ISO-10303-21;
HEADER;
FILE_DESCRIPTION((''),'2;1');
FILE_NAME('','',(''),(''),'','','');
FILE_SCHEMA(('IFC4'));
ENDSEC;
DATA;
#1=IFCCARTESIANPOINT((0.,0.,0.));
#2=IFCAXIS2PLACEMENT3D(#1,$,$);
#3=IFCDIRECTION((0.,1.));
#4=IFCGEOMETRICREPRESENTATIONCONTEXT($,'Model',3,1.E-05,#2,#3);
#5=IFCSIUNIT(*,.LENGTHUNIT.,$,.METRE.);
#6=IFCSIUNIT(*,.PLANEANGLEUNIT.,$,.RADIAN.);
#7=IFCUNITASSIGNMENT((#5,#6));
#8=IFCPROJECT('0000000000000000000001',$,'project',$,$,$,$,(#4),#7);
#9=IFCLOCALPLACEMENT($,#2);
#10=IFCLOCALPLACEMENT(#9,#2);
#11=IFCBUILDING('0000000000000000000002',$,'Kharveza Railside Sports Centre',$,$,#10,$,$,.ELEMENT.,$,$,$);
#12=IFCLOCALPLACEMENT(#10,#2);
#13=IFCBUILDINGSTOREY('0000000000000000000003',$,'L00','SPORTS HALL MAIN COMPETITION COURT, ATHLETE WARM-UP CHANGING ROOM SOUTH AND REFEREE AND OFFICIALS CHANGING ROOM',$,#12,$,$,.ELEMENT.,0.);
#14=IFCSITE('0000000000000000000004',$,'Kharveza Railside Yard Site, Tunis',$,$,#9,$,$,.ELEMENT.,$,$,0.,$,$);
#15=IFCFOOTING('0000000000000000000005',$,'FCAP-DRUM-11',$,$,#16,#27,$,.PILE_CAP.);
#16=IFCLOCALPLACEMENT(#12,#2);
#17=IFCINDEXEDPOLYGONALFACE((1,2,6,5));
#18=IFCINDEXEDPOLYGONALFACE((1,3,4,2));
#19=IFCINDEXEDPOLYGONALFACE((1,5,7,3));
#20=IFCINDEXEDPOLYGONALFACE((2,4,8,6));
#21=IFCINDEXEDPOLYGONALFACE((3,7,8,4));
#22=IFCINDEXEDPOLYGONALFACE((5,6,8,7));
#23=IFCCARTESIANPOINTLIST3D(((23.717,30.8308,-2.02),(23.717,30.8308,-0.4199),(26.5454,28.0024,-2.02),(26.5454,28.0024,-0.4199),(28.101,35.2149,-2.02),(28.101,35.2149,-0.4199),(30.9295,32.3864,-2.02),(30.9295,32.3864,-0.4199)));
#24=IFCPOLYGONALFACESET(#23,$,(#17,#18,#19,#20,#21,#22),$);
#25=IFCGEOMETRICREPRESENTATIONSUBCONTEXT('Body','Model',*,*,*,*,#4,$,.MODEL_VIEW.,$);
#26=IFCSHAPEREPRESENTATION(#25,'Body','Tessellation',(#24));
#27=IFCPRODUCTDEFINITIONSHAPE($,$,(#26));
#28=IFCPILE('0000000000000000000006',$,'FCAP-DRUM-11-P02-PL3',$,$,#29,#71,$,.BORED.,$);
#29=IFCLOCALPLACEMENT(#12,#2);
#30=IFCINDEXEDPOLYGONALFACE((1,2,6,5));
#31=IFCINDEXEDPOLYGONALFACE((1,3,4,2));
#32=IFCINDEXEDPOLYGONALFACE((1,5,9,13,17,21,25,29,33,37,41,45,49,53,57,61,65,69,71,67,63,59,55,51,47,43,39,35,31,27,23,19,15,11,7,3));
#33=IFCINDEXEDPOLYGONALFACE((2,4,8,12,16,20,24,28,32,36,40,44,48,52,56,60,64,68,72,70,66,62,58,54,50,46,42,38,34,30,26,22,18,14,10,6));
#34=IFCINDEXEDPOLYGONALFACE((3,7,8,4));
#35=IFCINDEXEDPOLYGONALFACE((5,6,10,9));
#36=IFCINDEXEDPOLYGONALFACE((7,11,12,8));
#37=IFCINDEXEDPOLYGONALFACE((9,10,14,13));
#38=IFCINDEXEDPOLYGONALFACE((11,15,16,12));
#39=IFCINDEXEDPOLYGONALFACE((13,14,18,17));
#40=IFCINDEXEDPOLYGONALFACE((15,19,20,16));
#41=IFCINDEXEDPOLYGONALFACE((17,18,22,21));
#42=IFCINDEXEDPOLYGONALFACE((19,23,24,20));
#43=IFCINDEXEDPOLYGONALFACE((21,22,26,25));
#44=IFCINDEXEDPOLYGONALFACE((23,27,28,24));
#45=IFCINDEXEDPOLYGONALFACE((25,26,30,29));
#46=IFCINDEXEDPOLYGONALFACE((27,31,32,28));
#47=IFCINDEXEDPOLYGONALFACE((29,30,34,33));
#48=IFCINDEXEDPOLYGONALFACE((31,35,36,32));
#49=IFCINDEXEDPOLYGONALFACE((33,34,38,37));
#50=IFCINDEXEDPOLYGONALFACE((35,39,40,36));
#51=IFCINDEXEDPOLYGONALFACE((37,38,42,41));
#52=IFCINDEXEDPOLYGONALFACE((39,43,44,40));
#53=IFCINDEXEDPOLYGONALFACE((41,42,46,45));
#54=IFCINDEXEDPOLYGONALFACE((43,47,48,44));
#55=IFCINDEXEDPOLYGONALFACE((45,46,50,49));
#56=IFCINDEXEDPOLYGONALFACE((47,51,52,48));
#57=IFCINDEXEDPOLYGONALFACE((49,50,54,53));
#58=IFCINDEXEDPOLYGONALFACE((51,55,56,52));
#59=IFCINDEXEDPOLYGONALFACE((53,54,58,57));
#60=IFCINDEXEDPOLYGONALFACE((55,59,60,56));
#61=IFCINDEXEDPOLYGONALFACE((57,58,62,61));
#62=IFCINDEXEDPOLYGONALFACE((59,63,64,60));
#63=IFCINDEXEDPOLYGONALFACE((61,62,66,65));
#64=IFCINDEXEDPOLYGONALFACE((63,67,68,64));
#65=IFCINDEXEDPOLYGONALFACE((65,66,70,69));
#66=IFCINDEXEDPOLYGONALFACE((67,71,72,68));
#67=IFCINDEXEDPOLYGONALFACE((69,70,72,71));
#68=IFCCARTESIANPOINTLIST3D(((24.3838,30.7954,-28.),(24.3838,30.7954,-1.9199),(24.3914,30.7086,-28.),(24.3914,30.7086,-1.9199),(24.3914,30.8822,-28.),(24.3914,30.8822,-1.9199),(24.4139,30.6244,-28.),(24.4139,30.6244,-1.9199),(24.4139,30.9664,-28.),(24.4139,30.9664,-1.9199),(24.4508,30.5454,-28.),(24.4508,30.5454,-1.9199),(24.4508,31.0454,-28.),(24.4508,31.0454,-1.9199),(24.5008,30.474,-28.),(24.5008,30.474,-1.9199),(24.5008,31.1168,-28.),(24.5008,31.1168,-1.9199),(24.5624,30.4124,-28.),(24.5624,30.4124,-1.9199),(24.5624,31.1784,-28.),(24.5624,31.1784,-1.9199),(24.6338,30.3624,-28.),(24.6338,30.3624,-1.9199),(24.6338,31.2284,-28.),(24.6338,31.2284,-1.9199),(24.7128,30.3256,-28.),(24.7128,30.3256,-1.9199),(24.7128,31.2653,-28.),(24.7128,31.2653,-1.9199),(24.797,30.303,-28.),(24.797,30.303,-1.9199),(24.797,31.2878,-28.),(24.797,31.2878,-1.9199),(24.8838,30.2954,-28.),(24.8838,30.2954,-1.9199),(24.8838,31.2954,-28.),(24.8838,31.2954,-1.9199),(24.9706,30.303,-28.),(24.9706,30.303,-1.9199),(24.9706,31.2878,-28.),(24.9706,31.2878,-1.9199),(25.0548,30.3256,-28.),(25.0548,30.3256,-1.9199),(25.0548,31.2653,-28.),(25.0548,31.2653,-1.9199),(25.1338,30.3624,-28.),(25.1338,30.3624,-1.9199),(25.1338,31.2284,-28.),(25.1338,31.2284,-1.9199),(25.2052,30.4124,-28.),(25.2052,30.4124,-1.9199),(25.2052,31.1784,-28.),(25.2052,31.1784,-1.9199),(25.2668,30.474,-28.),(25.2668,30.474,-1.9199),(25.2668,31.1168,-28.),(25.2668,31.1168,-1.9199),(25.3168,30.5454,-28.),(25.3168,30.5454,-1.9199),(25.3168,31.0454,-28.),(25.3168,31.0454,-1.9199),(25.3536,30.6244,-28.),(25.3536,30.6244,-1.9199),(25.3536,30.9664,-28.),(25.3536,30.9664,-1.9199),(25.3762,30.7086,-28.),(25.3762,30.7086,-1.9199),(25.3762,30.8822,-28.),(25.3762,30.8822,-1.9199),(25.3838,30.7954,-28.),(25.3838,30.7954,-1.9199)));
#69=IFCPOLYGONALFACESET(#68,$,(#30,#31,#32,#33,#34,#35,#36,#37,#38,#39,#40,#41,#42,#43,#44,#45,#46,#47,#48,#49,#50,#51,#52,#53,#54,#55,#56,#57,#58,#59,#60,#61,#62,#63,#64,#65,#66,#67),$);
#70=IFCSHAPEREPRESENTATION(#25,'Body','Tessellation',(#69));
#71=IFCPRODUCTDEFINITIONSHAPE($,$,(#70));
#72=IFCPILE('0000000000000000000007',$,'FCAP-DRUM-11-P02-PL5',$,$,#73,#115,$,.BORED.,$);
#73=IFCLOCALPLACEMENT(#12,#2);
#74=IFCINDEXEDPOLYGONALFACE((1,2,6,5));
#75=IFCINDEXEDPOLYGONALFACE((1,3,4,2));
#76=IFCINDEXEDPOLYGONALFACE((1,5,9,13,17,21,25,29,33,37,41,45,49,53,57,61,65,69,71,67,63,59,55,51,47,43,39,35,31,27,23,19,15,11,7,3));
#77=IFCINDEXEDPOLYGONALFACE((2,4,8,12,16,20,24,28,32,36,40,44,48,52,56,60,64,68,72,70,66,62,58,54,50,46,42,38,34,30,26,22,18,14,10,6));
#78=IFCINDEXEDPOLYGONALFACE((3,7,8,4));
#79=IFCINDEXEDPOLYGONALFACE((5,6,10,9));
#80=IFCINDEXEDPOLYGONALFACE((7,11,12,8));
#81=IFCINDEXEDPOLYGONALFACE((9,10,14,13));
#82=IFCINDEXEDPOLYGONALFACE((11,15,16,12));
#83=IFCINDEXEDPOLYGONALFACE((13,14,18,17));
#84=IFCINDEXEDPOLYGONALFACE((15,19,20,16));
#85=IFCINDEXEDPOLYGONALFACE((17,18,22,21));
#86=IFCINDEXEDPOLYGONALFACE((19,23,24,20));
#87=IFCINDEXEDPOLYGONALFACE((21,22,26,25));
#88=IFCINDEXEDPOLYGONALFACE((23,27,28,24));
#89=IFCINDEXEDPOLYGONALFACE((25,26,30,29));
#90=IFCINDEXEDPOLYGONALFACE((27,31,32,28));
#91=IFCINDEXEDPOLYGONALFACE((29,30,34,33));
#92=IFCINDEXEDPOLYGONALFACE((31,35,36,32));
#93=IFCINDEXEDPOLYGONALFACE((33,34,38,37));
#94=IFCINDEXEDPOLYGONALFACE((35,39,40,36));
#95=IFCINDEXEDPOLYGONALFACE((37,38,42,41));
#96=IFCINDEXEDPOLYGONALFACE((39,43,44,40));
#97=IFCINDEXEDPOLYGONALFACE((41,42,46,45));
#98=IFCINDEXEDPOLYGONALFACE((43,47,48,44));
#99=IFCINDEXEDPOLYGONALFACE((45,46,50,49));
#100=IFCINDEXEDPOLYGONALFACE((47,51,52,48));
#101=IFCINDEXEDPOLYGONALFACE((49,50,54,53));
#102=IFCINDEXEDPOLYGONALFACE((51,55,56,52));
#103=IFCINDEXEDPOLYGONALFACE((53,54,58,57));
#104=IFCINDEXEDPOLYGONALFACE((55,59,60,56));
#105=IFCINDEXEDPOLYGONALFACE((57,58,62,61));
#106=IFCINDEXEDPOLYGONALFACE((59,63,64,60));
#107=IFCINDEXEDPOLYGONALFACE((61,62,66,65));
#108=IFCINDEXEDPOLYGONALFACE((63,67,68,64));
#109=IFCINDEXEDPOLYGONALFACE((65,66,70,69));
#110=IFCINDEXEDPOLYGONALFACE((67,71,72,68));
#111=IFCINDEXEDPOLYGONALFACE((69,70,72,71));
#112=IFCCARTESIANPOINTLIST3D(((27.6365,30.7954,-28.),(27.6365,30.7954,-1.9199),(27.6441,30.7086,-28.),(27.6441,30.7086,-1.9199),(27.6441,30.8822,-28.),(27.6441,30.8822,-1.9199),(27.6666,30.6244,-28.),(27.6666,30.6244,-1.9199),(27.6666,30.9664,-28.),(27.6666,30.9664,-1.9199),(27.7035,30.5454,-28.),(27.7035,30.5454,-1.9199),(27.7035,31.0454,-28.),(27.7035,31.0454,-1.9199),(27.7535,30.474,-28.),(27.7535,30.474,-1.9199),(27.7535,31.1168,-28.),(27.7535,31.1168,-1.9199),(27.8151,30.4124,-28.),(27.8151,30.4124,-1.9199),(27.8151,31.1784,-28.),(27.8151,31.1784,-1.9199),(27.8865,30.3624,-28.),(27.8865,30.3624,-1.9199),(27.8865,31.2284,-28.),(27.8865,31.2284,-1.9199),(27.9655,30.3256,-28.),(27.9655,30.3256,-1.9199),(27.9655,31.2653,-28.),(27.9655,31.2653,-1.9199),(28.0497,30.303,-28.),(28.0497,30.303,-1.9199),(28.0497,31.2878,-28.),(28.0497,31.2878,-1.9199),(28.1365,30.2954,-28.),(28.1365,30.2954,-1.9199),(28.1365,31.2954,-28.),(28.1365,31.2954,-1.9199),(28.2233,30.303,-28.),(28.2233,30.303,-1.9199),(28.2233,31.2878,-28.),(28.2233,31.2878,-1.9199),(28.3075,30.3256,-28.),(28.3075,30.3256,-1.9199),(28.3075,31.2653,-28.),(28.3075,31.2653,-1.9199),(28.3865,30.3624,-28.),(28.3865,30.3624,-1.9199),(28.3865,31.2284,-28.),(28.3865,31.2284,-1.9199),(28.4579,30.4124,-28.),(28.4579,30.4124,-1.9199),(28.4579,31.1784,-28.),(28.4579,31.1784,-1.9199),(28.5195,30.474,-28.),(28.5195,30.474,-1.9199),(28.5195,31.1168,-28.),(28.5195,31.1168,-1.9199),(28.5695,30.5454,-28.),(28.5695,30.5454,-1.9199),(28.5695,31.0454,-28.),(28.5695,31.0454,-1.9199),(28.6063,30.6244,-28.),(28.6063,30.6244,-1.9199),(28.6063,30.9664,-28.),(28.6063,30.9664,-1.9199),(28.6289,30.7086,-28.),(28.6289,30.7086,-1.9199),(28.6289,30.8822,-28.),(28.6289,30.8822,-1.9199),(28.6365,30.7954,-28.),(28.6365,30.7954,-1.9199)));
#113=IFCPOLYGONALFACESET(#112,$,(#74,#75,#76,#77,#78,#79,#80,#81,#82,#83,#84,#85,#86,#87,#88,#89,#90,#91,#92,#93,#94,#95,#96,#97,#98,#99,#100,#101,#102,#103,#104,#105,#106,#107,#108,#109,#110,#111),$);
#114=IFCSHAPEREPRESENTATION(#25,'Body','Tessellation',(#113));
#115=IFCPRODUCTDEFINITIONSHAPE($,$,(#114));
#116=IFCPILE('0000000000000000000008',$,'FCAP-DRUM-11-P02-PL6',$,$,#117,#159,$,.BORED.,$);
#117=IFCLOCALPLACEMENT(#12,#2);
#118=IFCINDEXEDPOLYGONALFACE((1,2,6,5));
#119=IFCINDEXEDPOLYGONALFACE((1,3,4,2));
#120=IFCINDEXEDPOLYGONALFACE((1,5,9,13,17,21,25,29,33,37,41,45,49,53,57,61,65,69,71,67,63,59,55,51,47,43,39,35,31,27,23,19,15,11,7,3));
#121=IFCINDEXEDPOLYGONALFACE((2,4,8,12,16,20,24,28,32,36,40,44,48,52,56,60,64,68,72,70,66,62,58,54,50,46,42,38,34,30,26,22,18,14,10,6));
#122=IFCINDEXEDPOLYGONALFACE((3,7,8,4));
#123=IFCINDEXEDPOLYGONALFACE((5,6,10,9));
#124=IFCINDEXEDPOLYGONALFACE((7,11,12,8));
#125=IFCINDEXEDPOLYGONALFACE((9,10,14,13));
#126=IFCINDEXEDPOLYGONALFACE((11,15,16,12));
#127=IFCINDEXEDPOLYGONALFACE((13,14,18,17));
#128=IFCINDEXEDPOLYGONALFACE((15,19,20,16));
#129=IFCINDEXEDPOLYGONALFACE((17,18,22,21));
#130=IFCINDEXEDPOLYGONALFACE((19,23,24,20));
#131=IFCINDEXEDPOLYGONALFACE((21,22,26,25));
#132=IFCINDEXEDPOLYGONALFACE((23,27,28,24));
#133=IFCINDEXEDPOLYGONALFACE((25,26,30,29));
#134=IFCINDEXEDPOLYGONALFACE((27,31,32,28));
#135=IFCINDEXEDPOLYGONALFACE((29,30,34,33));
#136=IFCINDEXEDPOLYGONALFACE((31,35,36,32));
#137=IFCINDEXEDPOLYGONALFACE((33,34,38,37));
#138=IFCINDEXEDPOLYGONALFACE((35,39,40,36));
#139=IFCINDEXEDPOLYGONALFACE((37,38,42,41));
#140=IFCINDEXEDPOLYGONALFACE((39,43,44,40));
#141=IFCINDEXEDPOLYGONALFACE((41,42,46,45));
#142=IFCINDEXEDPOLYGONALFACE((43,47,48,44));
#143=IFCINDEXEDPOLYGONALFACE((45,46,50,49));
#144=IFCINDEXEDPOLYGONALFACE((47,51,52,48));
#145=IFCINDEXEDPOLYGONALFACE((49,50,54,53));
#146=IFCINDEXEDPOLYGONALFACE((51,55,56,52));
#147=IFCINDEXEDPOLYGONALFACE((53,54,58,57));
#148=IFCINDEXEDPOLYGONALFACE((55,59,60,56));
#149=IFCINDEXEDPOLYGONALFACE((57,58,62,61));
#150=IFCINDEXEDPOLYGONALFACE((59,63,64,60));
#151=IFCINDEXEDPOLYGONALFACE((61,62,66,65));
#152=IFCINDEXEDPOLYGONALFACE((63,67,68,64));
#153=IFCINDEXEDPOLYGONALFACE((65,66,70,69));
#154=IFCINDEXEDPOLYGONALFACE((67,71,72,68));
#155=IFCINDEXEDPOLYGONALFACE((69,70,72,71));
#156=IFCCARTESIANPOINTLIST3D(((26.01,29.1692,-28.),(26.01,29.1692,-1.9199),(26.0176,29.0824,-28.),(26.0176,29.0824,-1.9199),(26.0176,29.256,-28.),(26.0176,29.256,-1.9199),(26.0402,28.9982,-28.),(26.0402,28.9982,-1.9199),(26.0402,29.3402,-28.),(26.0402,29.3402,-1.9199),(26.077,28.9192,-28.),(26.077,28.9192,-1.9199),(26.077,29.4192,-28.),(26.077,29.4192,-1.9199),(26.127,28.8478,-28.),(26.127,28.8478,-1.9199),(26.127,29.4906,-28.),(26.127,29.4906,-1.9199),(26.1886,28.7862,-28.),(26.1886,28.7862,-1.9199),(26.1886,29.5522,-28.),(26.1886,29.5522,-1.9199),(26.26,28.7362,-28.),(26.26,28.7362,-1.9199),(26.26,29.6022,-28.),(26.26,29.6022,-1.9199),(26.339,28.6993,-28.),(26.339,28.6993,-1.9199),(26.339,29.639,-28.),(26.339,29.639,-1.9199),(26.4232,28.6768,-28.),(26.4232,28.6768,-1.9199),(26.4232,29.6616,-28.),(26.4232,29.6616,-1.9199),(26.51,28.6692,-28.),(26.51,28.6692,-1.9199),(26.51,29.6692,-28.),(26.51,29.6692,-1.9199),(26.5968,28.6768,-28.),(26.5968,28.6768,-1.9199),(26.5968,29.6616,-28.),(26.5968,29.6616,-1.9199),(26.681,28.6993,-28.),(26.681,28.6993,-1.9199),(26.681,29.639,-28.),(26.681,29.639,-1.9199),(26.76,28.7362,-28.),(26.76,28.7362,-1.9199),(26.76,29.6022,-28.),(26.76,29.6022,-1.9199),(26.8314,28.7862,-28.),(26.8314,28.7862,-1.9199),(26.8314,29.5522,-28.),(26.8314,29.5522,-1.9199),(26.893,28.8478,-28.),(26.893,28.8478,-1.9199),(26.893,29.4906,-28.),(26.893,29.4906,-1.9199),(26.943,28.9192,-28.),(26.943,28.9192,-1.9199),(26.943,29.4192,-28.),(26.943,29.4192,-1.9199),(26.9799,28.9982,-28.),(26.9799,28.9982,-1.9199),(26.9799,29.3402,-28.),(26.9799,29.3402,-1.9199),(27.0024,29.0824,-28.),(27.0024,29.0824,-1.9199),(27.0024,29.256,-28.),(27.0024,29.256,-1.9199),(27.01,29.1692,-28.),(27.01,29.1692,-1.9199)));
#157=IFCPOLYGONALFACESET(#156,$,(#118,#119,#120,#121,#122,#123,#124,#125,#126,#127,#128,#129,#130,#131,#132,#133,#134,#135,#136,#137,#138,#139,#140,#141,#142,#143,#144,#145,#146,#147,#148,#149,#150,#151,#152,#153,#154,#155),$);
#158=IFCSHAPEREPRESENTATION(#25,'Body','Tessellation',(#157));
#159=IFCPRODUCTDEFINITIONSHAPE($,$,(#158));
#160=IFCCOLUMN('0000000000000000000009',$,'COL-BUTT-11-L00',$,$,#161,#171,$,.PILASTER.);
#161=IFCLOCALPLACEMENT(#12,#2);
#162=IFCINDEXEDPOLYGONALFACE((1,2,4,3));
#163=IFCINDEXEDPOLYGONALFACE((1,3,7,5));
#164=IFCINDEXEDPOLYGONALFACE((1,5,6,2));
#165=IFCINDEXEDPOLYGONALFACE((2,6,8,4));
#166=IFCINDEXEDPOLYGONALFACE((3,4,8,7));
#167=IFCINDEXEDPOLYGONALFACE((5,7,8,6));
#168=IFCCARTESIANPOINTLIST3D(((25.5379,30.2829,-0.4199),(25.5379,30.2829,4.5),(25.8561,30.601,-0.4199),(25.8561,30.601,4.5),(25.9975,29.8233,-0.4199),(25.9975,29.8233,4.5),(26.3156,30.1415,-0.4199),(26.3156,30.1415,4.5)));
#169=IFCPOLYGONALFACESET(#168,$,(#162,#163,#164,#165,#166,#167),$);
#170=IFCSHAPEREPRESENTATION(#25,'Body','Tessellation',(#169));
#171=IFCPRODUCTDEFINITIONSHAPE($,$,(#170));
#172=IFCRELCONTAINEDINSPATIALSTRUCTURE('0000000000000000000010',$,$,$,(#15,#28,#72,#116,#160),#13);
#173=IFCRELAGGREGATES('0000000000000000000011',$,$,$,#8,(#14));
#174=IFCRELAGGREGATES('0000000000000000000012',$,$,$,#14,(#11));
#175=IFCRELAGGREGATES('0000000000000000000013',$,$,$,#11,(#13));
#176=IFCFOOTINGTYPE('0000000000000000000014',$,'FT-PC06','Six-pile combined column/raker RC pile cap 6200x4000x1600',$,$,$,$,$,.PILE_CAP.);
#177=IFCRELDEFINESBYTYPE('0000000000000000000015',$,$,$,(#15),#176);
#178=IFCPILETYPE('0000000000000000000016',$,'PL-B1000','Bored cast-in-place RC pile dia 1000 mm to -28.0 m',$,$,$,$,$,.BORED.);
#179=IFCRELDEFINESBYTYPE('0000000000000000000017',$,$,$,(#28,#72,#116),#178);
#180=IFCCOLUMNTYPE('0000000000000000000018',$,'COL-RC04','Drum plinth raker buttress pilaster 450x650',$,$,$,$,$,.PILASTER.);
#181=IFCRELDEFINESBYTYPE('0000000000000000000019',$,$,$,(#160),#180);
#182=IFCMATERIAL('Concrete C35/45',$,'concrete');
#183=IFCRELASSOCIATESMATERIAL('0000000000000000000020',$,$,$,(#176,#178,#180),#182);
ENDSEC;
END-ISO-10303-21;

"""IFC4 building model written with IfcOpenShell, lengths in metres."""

from ifc_helpers import new_model, si_unit, direction, frame, origin, origin_2d, place, context, subcontext, project, spatial, rectangle, circle, extrude, material, material_profile, profile_set, type_object, element, save


model = new_model("IFC4")

# Units and contexts
model_context = context("Model", 3, precision=1e-05, world=origin(), true_north=direction((0.0, 1.0)))
body_context = subcontext(model_context, "Body", "Model", "MODEL_VIEW")
ifc_project = project(units=[si_unit("LENGTHUNIT", "METRE"), si_unit("PLANEANGLEUNIT", "RADIAN")], contexts=[model_context])

# Site, building, storey
site_placement = place(None, origin())
site = spatial("IfcSite", under=ifc_project, at=site_placement, Name="Kharveza Railside Yard Site, Tunis", CompositionType="ELEMENT", RefElevation=0.0)
building_placement = place(site_placement, origin())
building = spatial("IfcBuilding", under=site, at=building_placement, Name="Kharveza Railside Sports Centre", CompositionType="ELEMENT")
storey_placement = place(building_placement, origin())
storey = spatial("IfcBuildingStorey", under=building, at=storey_placement, Name="L00", Description="SPORTS HALL MAIN COMPETITION COURT, ATHLETE WARM-UP CHANGING ROOM SOUTH AND REFEREE AND OFFICIALS CHANGING ROOM", CompositionType="ELEMENT", Elevation=0.0)

# Footing
ifc_material_1 = material(Name="Concrete C35/45", Category="concrete")
footing_type = type_object("IfcFootingType", Name="FT-PC06", Description="Six-pile combined column/raker RC pile cap 6200x4000x1600", PredefinedType="PILE_CAP", material=ifc_material_1)
footing_placement = place(storey_placement, frame((27.3232, 31.6086, -2.02), z_axis=(0.0, 0.0, 1.0), x_axis=(-0.707107, -0.707107, 0.0)))
element("IfcFooting", 1, at=footing_placement, inside=storey, type_object=footing_type, Name="FCAP-DRUM-11", PredefinedType="PILE_CAP", context=body_context, shape_type="SweptSolid", body=[
    extrude(rectangle(XDim=6.2, YDim=4.0, at=origin_2d()), origin(), (0.0, 0.0, 1.0), 1.6001),
])

# Piles
ifc_material_profile_1 = material_profile(ifc_material_1, circle(Radius=0.5, at=origin_2d()), Name="PILE D1000")
ifc_profile_set_1 = profile_set([ifc_material_profile_1], Name="Concrete C35/45")
pile_type = type_object("IfcPileType", Name="PL-B1000", Description="Bored cast-in-place RC pile dia 1000 mm to -28.0 m", PredefinedType="BORED", material=ifc_profile_set_1)
for number, where, z_axis, x_axis, name in (
    (2, (24.8838, 30.7954, -1.9199), (0.0, 0.0, -1.0), (1.0, 0.0, 0.0), "FCAP-DRUM-11-P02-PL3"),
    (3, (28.1365, 30.7954, -1.9199), (0.0, 0.0, -1.0), (1.0, 0.0, 0.0), "FCAP-DRUM-11-P02-PL5"),
    (4, (26.51, 29.1692, -1.9199), (0.0, 0.0, -1.0), (1.0, 0.0, 0.0), "FCAP-DRUM-11-P02-PL6"),
):
    element("IfcPile", number, at=place(storey_placement, frame(where, z_axis=z_axis, x_axis=x_axis)), inside=storey, type_object=pile_type, Name=name, PredefinedType="BORED", context=body_context, shape_type="SweptSolid", body=[
        extrude(circle(Radius=0.5, at=origin_2d()), origin(), (0.0, 0.0, 1.0), 26.0801),
    ])

# Column
ifc_material_profile_2 = material_profile(ifc_material_1, rectangle(XDim=0.45, YDim=0.6499, at=origin_2d()), Name="RC 450x650")
ifc_profile_set_2 = profile_set([ifc_material_profile_2], Name="Concrete C35/45")
column_type_1 = type_object("IfcColumnType", Name="COL-RC04", Description="Drum plinth raker buttress pilaster 450x650", PredefinedType="PILASTER", material=ifc_profile_set_2)
column_1_placement = place(storey_placement, frame((25.9268, 30.2122, -0.4199), z_axis=(0.0, 0.0, 1.0), x_axis=(-0.707107, -0.707107, 0.0)))
element("IfcColumn", 5, at=column_1_placement, inside=storey, type_object=column_type_1, Name="COL-BUTT-11-L00", PredefinedType="PILASTER", context=body_context, shape_type="SweptSolid", body=[
    extrude(rectangle(XDim=0.45, YDim=0.6499, at=origin_2d()), origin(), (0.0, 0.0, 1.0), 4.9199),
])

save(model, "model.ifc")
